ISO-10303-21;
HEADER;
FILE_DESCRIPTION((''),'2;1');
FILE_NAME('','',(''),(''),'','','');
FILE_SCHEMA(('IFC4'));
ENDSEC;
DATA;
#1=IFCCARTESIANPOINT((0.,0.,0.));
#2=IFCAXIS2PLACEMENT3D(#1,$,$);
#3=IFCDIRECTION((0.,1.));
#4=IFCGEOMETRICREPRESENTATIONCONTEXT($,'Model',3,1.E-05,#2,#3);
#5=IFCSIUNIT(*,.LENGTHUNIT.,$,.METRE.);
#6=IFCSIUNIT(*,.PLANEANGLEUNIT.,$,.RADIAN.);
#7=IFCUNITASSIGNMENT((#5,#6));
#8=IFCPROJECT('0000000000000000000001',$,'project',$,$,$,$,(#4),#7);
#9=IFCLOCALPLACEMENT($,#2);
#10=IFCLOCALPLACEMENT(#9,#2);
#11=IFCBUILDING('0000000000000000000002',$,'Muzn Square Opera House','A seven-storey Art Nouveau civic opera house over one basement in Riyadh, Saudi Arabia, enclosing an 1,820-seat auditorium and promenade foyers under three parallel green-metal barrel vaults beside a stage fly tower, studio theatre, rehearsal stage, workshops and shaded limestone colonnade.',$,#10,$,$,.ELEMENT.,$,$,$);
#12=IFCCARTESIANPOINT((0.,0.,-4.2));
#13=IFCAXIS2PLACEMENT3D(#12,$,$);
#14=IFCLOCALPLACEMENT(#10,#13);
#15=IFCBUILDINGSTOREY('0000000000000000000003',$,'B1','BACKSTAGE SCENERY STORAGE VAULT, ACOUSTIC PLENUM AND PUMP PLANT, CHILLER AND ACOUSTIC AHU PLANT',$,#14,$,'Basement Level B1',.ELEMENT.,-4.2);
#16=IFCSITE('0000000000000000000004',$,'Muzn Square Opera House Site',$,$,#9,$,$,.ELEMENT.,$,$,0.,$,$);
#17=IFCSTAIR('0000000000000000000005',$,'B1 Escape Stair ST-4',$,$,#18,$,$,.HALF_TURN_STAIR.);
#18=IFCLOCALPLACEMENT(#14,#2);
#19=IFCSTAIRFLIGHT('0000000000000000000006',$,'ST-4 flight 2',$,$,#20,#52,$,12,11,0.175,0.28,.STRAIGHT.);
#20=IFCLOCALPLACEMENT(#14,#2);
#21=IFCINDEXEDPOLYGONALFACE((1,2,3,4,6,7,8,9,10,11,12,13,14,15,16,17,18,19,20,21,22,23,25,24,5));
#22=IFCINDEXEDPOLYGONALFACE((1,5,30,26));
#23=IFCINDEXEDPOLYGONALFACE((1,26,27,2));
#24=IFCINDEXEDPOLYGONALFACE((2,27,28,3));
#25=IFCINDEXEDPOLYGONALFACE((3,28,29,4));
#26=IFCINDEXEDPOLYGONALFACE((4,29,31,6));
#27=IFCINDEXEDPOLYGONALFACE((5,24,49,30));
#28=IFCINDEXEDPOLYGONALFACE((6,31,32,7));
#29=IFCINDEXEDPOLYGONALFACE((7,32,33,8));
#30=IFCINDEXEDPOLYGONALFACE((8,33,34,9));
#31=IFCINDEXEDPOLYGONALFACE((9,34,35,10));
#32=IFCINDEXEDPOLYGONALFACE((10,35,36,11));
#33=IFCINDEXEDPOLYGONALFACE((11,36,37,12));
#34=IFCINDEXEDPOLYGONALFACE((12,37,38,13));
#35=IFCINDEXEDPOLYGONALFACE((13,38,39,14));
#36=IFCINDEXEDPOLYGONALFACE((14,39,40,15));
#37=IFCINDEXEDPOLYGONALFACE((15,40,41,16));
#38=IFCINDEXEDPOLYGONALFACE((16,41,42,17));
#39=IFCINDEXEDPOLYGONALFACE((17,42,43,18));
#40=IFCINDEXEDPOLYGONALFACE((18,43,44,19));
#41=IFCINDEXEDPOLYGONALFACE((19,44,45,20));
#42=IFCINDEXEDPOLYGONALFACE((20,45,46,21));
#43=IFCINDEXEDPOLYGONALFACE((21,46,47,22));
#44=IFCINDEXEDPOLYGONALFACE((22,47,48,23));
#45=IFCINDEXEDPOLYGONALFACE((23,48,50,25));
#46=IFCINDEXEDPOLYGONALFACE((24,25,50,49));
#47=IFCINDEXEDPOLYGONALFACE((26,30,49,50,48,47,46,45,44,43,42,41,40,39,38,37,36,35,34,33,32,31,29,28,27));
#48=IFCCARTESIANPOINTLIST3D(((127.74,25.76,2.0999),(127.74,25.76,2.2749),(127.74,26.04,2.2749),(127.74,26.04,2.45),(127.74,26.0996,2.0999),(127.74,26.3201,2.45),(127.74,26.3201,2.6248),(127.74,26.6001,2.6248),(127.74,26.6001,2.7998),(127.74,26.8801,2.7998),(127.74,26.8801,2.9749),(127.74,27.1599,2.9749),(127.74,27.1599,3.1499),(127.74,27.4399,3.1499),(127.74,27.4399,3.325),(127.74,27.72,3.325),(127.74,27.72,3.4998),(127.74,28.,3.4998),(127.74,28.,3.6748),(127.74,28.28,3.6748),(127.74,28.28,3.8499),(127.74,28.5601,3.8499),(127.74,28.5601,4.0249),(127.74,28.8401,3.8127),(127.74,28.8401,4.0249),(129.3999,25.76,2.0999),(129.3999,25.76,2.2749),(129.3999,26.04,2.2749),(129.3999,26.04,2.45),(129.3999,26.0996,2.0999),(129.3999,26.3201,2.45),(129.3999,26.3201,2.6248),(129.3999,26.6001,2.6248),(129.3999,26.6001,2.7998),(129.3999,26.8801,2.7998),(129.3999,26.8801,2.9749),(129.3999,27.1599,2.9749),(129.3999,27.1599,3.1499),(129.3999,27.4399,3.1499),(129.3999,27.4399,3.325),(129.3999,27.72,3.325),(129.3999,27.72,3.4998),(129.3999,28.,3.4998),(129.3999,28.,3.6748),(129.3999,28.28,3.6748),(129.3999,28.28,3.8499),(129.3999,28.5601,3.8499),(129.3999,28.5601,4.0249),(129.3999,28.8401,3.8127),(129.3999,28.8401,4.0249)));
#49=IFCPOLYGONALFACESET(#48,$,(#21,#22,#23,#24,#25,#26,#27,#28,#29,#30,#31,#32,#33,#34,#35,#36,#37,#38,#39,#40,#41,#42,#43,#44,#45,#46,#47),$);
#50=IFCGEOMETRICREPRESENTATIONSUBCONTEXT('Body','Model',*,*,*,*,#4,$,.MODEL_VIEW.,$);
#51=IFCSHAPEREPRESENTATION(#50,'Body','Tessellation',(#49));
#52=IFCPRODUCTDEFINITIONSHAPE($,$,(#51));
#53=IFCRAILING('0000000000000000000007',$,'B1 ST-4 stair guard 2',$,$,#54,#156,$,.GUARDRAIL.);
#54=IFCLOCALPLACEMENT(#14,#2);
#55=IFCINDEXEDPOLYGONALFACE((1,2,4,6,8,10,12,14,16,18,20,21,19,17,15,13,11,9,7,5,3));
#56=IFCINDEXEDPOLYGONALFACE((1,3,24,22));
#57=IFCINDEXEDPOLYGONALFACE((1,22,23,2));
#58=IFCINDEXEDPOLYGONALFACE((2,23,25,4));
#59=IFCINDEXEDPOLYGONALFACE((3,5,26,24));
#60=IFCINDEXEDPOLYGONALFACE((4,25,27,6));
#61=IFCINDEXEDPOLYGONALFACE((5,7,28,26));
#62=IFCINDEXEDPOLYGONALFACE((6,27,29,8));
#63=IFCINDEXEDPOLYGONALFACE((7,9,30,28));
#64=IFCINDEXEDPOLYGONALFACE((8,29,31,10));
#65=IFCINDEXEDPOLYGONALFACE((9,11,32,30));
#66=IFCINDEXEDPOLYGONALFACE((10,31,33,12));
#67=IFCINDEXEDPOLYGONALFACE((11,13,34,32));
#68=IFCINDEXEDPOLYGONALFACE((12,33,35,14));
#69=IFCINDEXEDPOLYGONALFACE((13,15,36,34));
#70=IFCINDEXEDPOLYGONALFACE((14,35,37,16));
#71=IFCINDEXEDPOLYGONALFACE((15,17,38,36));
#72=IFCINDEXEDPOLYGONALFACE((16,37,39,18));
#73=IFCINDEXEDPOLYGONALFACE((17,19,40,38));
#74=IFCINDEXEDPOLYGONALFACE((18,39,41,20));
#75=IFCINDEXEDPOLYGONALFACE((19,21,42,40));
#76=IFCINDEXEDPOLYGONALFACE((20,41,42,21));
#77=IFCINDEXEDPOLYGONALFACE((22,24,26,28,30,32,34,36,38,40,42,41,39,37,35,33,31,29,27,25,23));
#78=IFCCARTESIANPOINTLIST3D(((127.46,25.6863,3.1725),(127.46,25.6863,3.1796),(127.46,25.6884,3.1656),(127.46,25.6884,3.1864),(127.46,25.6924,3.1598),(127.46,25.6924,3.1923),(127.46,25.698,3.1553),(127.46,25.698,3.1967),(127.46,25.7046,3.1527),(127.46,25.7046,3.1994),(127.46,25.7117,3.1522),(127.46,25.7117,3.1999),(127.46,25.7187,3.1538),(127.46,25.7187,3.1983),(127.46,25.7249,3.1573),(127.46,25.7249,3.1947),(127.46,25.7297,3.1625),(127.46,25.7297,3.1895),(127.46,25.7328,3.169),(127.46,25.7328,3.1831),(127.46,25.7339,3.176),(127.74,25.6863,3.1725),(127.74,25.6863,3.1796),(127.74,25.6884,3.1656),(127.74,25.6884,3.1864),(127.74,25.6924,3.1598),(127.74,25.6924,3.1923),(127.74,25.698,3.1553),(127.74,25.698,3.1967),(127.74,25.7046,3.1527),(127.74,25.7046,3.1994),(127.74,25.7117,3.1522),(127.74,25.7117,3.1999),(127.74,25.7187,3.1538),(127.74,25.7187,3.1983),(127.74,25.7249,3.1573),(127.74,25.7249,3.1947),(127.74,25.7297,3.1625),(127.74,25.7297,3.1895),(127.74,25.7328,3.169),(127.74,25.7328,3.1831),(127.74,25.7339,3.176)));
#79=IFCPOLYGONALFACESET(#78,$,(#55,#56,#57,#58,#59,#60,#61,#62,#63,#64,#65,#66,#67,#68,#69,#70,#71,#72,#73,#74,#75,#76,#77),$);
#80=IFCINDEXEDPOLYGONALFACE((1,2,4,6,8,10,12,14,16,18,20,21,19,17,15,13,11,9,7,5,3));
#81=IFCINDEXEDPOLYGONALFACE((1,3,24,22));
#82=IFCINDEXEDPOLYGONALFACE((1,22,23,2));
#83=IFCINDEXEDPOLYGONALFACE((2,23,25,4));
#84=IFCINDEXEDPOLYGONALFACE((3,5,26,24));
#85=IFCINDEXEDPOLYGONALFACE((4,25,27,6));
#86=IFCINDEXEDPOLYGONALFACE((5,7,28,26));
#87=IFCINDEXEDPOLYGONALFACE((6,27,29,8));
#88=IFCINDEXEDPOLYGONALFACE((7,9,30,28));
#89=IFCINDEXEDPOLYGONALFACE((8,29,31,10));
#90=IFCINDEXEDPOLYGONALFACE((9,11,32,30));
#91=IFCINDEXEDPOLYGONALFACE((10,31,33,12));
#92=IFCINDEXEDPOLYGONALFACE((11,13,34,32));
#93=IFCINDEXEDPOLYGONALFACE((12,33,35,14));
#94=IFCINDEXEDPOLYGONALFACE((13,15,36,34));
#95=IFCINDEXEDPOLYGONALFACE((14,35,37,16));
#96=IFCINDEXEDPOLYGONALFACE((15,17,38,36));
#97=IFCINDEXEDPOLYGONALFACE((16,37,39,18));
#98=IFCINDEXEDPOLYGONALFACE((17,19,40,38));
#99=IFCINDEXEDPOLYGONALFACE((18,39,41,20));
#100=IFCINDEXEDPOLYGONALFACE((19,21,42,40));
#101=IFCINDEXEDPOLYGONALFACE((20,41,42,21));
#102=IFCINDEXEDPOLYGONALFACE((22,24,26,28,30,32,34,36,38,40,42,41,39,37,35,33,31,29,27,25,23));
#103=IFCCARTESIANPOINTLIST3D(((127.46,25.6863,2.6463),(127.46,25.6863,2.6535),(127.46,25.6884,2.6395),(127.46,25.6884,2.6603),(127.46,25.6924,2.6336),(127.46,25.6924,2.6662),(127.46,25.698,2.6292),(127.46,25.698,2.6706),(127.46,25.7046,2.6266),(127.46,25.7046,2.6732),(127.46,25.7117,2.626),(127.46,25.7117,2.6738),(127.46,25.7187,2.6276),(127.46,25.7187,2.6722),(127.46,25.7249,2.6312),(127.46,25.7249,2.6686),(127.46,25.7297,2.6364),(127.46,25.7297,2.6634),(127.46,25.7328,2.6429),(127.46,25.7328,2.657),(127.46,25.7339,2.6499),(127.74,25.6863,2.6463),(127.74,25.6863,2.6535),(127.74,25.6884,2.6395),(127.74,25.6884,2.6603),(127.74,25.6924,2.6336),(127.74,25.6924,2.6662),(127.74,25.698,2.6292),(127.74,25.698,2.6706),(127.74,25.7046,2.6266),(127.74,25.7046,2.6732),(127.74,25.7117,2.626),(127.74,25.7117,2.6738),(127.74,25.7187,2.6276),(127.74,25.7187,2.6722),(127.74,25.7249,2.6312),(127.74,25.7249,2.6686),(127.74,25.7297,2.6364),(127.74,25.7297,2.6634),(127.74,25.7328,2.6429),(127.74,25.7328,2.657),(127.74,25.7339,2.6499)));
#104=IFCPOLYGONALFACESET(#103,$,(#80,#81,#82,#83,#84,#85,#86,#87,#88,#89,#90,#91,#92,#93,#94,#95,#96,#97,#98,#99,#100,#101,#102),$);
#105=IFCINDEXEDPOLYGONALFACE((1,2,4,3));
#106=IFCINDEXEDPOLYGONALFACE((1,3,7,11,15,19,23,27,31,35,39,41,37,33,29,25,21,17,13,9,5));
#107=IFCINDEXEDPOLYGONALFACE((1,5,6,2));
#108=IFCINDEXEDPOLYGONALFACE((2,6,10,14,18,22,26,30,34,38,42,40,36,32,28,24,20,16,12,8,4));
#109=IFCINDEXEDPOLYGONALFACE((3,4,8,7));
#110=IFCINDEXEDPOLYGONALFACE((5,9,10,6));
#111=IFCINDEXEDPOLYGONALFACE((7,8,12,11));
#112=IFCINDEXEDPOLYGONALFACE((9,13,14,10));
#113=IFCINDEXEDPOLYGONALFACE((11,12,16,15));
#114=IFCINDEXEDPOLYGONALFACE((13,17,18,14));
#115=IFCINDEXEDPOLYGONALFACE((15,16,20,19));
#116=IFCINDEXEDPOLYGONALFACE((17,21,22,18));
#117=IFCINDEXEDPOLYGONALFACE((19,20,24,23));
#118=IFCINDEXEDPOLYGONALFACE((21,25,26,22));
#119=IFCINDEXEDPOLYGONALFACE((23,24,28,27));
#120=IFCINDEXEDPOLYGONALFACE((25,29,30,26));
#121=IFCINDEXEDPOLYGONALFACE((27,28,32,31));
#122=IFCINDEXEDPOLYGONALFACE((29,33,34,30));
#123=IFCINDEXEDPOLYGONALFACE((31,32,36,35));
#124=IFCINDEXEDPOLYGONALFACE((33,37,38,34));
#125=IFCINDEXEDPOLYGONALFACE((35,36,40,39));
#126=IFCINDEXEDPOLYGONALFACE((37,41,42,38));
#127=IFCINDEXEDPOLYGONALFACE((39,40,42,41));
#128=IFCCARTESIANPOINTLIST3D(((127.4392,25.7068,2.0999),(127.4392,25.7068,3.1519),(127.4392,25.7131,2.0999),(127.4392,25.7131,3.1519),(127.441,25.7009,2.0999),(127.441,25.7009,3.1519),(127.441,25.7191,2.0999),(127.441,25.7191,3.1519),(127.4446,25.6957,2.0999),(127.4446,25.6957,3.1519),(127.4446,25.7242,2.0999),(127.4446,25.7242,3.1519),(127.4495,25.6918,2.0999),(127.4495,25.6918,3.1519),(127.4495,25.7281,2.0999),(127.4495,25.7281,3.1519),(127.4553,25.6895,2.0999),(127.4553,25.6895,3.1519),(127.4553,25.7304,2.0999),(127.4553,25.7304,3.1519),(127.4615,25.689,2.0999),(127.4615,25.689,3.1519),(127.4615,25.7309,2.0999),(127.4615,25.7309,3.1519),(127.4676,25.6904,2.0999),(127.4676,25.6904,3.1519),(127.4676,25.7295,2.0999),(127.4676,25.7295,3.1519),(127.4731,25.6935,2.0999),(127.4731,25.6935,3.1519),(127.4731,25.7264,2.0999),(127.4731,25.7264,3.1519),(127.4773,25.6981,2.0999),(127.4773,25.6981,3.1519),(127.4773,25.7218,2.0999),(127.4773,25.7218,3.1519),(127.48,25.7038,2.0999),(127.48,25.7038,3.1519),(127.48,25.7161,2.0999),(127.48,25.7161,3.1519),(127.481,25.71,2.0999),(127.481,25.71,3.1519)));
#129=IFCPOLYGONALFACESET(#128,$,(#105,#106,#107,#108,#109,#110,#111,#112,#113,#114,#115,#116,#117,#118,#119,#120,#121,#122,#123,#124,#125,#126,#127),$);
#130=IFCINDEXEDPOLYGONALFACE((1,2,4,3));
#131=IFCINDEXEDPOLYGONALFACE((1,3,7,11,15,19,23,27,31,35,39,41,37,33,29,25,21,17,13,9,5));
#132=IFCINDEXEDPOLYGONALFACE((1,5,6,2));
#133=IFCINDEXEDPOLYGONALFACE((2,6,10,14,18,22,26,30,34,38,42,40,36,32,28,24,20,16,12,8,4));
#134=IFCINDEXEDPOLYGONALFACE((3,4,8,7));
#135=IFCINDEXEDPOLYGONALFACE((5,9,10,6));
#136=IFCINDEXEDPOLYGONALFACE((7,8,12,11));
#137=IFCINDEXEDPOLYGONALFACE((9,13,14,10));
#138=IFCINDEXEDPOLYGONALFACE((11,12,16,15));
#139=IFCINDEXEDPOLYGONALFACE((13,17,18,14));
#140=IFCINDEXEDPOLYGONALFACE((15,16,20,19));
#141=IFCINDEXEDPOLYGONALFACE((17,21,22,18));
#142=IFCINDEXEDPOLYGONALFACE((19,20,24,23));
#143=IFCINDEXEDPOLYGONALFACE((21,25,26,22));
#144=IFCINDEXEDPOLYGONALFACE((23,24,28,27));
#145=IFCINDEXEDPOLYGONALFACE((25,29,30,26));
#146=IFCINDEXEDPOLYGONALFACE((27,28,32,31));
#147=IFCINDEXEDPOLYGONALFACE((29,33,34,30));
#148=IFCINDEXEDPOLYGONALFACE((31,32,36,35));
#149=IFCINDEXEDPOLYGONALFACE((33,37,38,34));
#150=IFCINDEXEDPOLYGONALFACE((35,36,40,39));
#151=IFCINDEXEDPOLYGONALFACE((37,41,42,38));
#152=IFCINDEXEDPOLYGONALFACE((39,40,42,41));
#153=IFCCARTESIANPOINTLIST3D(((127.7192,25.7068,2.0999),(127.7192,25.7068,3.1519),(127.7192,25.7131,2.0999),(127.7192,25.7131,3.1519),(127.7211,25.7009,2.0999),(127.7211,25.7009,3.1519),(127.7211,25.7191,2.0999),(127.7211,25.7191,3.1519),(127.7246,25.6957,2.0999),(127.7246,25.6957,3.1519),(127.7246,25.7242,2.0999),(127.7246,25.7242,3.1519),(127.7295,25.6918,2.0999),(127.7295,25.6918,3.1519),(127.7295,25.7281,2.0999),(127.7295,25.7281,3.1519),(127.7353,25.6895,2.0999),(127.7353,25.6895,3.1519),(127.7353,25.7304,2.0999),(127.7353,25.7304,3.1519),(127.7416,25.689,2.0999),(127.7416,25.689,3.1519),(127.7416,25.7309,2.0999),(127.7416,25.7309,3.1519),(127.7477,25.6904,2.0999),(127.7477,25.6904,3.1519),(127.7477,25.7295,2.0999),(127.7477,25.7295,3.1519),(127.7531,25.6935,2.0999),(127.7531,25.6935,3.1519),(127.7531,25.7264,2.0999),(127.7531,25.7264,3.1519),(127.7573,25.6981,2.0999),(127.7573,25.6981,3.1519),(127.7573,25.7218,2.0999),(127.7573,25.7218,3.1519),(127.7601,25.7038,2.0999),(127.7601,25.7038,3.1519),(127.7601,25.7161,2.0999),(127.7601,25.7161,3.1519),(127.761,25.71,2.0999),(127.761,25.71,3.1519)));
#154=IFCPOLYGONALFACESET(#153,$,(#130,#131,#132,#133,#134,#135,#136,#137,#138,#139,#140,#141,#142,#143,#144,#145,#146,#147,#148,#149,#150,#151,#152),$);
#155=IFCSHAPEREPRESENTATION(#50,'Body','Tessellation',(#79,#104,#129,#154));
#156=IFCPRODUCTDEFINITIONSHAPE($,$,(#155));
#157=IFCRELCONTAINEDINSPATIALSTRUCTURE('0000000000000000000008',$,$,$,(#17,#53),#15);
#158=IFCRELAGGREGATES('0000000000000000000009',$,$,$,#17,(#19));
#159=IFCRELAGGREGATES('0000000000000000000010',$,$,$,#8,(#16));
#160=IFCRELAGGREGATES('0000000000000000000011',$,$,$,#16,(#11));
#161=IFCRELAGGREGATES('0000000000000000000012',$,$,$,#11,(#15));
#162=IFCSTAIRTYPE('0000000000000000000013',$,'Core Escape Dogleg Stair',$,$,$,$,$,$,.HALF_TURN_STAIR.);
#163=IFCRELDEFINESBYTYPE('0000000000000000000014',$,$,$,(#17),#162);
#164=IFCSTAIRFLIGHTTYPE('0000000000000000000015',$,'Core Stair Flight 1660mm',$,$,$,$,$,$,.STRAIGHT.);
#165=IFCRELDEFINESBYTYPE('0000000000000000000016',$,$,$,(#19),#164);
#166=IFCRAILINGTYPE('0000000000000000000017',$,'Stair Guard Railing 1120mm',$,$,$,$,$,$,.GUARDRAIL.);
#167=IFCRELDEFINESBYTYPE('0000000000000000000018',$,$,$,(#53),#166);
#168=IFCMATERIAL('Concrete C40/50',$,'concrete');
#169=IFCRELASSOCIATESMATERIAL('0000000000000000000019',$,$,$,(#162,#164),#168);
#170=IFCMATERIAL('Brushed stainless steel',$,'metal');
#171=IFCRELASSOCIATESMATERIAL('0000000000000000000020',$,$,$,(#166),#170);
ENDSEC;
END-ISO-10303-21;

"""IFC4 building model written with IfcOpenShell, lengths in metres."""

from ifc_helpers import new_model, si_unit, direction, frame, origin, origin_2d, place, context, subcontext, project, spatial, polyline, circle, outline, extrude, material, type_object, element, aggregate, save


model = new_model("IFC4")

# Units and contexts
model_context = context("Model", 3, precision=1e-05, world=origin(), true_north=direction((0.0, 1.0)))
body_context = subcontext(model_context, "Body", "Model", "MODEL_VIEW")
ifc_project = project(units=[si_unit("LENGTHUNIT", "METRE"), si_unit("PLANEANGLEUNIT", "RADIAN")], contexts=[model_context])

# Site, building, storey
site_placement = place(None, origin())
site = spatial("IfcSite", under=ifc_project, at=site_placement, Name="Muzn Square Opera House Site", CompositionType="ELEMENT", RefElevation=0.0)
building_placement = place(site_placement, origin())
building = spatial("IfcBuilding", under=site, at=building_placement, Name="Muzn Square Opera House", Description="A seven-storey Art Nouveau civic opera house over one basement in Riyadh, Saudi Arabia, enclosing an 1,820-seat auditorium and promenade foyers under three parallel green-metal barrel vaults beside a stage fly tower, studio theatre, rehearsal stage, workshops and shaded limestone colonnade.", CompositionType="ELEMENT")
storey_placement = place(building_placement, frame((0.0, 0.0, -4.2)))
storey = spatial("IfcBuildingStorey", under=building, at=storey_placement, Name="B1", Description="BACKSTAGE SCENERY STORAGE VAULT, ACOUSTIC PLENUM AND PUMP PLANT, CHILLER AND ACOUSTIC AHU PLANT", LongName="Basement Level B1", CompositionType="ELEMENT", Elevation=-4.2)

# Shared definitions
ifc_material_1 = material(Name="Concrete C40/50", Category="concrete")

# Stair, stair flight
stair_type = type_object("IfcStairType", Name="Core Escape Dogleg Stair", PredefinedType="HALF_TURN_STAIR", material=ifc_material_1)
stair_placement = place(storey_placement, origin())
stair = element("IfcStair", 1, at=stair_placement, inside=storey, type_object=stair_type, Name="B1 Escape Stair ST-4", PredefinedType="HALF_TURN_STAIR")
stair_flight_type = type_object("IfcStairFlightType", Name="Core Stair Flight 1660mm", PredefinedType="STRAIGHT", material=ifc_material_1)
stair_flight_placement = place(storey_placement, frame((128.5701, 25.76, 2.0999), z_axis=(0.0, 0.0, 1.0), x_axis=(0.0, 1.0, 0.0)))
stair_flight = element("IfcStairFlight", 2, at=stair_flight_placement, type_object=stair_flight_type, Name="ST-4 flight 2", NumberOfRisers=12, NumberOfTreads=11, PredefinedType="STRAIGHT", RiserHeight=0.175, TreadLength=0.28, context=body_context, shape_type="SweptSolid", body=[
    extrude(outline(polyline([(0.0, 0.0), (0.0, 0.175), (0.28, 0.175), (0.28, 0.3501), (0.5601, 0.3501), (0.5601, 0.5249), (0.8401, 0.5249), (0.8401, 0.7), (1.1201, 0.7), (1.1201, 0.875), (1.3999, 0.875), (1.3999, 1.05), (1.6799, 1.05), (1.6799, 1.2251), (1.96, 1.2251), (1.96, 1.3999), (2.24, 1.3999), (2.24, 1.575), (2.52, 1.575), (2.52, 1.75), (2.8, 1.75), (2.8, 1.925), (3.0801, 1.925), (3.0801, 2.1001), (3.0801, 1.7129), (0.3396, 0.0), (0.0, 0.0)])), frame((0.0, 0.8301, 0.0), z_axis=(0.0, -1.0, 0.0), x_axis=(1.0, 0.0, 0.0)), (0.0, 0.0, 1.0), 1.6599),
])
aggregate(stair, [stair_flight])

# Railing
ifc_material_2 = material(Name="Brushed stainless steel", Category="metal")
railing_type_1 = type_object("IfcRailingType", Name="Stair Guard Railing 1120mm", PredefinedType="GUARDRAIL", material=ifc_material_2)
railing_1_placement = place(storey_placement, frame((127.46, 25.71, 2.0999)))
element("IfcRailing", 3, at=railing_1_placement, inside=storey, type_object=railing_type_1, Name="B1 ST-4 stair guard 2", PredefinedType="GUARDRAIL", context=body_context, shape_type="SweptSolid", body=[
    extrude(circle(Radius=0.0239, at=origin_2d()), frame((0.0, 0.0, 1.0762), z_axis=(1.0, 0.0, 0.0), x_axis=(0.0, 1.0, 0.0)), (0.0, 0.0, 1.0), 0.28),
    extrude(circle(Radius=0.0239, at=origin_2d()), frame((0.0, 0.0, 0.55), z_axis=(1.0, 0.0, 0.0), x_axis=(0.0, 1.0, 0.0)), (0.0, 0.0, 1.0), 0.28),
    extrude(circle(Radius=0.021, at=origin_2d()), origin(), (0.0, 0.0, 1.0), 1.052),
    extrude(circle(Radius=0.021, at=origin_2d()), frame((0.28, 0.0, 0.0)), (0.0, 0.0, 1.0), 1.052),
])

save(model, "model.ifc")
